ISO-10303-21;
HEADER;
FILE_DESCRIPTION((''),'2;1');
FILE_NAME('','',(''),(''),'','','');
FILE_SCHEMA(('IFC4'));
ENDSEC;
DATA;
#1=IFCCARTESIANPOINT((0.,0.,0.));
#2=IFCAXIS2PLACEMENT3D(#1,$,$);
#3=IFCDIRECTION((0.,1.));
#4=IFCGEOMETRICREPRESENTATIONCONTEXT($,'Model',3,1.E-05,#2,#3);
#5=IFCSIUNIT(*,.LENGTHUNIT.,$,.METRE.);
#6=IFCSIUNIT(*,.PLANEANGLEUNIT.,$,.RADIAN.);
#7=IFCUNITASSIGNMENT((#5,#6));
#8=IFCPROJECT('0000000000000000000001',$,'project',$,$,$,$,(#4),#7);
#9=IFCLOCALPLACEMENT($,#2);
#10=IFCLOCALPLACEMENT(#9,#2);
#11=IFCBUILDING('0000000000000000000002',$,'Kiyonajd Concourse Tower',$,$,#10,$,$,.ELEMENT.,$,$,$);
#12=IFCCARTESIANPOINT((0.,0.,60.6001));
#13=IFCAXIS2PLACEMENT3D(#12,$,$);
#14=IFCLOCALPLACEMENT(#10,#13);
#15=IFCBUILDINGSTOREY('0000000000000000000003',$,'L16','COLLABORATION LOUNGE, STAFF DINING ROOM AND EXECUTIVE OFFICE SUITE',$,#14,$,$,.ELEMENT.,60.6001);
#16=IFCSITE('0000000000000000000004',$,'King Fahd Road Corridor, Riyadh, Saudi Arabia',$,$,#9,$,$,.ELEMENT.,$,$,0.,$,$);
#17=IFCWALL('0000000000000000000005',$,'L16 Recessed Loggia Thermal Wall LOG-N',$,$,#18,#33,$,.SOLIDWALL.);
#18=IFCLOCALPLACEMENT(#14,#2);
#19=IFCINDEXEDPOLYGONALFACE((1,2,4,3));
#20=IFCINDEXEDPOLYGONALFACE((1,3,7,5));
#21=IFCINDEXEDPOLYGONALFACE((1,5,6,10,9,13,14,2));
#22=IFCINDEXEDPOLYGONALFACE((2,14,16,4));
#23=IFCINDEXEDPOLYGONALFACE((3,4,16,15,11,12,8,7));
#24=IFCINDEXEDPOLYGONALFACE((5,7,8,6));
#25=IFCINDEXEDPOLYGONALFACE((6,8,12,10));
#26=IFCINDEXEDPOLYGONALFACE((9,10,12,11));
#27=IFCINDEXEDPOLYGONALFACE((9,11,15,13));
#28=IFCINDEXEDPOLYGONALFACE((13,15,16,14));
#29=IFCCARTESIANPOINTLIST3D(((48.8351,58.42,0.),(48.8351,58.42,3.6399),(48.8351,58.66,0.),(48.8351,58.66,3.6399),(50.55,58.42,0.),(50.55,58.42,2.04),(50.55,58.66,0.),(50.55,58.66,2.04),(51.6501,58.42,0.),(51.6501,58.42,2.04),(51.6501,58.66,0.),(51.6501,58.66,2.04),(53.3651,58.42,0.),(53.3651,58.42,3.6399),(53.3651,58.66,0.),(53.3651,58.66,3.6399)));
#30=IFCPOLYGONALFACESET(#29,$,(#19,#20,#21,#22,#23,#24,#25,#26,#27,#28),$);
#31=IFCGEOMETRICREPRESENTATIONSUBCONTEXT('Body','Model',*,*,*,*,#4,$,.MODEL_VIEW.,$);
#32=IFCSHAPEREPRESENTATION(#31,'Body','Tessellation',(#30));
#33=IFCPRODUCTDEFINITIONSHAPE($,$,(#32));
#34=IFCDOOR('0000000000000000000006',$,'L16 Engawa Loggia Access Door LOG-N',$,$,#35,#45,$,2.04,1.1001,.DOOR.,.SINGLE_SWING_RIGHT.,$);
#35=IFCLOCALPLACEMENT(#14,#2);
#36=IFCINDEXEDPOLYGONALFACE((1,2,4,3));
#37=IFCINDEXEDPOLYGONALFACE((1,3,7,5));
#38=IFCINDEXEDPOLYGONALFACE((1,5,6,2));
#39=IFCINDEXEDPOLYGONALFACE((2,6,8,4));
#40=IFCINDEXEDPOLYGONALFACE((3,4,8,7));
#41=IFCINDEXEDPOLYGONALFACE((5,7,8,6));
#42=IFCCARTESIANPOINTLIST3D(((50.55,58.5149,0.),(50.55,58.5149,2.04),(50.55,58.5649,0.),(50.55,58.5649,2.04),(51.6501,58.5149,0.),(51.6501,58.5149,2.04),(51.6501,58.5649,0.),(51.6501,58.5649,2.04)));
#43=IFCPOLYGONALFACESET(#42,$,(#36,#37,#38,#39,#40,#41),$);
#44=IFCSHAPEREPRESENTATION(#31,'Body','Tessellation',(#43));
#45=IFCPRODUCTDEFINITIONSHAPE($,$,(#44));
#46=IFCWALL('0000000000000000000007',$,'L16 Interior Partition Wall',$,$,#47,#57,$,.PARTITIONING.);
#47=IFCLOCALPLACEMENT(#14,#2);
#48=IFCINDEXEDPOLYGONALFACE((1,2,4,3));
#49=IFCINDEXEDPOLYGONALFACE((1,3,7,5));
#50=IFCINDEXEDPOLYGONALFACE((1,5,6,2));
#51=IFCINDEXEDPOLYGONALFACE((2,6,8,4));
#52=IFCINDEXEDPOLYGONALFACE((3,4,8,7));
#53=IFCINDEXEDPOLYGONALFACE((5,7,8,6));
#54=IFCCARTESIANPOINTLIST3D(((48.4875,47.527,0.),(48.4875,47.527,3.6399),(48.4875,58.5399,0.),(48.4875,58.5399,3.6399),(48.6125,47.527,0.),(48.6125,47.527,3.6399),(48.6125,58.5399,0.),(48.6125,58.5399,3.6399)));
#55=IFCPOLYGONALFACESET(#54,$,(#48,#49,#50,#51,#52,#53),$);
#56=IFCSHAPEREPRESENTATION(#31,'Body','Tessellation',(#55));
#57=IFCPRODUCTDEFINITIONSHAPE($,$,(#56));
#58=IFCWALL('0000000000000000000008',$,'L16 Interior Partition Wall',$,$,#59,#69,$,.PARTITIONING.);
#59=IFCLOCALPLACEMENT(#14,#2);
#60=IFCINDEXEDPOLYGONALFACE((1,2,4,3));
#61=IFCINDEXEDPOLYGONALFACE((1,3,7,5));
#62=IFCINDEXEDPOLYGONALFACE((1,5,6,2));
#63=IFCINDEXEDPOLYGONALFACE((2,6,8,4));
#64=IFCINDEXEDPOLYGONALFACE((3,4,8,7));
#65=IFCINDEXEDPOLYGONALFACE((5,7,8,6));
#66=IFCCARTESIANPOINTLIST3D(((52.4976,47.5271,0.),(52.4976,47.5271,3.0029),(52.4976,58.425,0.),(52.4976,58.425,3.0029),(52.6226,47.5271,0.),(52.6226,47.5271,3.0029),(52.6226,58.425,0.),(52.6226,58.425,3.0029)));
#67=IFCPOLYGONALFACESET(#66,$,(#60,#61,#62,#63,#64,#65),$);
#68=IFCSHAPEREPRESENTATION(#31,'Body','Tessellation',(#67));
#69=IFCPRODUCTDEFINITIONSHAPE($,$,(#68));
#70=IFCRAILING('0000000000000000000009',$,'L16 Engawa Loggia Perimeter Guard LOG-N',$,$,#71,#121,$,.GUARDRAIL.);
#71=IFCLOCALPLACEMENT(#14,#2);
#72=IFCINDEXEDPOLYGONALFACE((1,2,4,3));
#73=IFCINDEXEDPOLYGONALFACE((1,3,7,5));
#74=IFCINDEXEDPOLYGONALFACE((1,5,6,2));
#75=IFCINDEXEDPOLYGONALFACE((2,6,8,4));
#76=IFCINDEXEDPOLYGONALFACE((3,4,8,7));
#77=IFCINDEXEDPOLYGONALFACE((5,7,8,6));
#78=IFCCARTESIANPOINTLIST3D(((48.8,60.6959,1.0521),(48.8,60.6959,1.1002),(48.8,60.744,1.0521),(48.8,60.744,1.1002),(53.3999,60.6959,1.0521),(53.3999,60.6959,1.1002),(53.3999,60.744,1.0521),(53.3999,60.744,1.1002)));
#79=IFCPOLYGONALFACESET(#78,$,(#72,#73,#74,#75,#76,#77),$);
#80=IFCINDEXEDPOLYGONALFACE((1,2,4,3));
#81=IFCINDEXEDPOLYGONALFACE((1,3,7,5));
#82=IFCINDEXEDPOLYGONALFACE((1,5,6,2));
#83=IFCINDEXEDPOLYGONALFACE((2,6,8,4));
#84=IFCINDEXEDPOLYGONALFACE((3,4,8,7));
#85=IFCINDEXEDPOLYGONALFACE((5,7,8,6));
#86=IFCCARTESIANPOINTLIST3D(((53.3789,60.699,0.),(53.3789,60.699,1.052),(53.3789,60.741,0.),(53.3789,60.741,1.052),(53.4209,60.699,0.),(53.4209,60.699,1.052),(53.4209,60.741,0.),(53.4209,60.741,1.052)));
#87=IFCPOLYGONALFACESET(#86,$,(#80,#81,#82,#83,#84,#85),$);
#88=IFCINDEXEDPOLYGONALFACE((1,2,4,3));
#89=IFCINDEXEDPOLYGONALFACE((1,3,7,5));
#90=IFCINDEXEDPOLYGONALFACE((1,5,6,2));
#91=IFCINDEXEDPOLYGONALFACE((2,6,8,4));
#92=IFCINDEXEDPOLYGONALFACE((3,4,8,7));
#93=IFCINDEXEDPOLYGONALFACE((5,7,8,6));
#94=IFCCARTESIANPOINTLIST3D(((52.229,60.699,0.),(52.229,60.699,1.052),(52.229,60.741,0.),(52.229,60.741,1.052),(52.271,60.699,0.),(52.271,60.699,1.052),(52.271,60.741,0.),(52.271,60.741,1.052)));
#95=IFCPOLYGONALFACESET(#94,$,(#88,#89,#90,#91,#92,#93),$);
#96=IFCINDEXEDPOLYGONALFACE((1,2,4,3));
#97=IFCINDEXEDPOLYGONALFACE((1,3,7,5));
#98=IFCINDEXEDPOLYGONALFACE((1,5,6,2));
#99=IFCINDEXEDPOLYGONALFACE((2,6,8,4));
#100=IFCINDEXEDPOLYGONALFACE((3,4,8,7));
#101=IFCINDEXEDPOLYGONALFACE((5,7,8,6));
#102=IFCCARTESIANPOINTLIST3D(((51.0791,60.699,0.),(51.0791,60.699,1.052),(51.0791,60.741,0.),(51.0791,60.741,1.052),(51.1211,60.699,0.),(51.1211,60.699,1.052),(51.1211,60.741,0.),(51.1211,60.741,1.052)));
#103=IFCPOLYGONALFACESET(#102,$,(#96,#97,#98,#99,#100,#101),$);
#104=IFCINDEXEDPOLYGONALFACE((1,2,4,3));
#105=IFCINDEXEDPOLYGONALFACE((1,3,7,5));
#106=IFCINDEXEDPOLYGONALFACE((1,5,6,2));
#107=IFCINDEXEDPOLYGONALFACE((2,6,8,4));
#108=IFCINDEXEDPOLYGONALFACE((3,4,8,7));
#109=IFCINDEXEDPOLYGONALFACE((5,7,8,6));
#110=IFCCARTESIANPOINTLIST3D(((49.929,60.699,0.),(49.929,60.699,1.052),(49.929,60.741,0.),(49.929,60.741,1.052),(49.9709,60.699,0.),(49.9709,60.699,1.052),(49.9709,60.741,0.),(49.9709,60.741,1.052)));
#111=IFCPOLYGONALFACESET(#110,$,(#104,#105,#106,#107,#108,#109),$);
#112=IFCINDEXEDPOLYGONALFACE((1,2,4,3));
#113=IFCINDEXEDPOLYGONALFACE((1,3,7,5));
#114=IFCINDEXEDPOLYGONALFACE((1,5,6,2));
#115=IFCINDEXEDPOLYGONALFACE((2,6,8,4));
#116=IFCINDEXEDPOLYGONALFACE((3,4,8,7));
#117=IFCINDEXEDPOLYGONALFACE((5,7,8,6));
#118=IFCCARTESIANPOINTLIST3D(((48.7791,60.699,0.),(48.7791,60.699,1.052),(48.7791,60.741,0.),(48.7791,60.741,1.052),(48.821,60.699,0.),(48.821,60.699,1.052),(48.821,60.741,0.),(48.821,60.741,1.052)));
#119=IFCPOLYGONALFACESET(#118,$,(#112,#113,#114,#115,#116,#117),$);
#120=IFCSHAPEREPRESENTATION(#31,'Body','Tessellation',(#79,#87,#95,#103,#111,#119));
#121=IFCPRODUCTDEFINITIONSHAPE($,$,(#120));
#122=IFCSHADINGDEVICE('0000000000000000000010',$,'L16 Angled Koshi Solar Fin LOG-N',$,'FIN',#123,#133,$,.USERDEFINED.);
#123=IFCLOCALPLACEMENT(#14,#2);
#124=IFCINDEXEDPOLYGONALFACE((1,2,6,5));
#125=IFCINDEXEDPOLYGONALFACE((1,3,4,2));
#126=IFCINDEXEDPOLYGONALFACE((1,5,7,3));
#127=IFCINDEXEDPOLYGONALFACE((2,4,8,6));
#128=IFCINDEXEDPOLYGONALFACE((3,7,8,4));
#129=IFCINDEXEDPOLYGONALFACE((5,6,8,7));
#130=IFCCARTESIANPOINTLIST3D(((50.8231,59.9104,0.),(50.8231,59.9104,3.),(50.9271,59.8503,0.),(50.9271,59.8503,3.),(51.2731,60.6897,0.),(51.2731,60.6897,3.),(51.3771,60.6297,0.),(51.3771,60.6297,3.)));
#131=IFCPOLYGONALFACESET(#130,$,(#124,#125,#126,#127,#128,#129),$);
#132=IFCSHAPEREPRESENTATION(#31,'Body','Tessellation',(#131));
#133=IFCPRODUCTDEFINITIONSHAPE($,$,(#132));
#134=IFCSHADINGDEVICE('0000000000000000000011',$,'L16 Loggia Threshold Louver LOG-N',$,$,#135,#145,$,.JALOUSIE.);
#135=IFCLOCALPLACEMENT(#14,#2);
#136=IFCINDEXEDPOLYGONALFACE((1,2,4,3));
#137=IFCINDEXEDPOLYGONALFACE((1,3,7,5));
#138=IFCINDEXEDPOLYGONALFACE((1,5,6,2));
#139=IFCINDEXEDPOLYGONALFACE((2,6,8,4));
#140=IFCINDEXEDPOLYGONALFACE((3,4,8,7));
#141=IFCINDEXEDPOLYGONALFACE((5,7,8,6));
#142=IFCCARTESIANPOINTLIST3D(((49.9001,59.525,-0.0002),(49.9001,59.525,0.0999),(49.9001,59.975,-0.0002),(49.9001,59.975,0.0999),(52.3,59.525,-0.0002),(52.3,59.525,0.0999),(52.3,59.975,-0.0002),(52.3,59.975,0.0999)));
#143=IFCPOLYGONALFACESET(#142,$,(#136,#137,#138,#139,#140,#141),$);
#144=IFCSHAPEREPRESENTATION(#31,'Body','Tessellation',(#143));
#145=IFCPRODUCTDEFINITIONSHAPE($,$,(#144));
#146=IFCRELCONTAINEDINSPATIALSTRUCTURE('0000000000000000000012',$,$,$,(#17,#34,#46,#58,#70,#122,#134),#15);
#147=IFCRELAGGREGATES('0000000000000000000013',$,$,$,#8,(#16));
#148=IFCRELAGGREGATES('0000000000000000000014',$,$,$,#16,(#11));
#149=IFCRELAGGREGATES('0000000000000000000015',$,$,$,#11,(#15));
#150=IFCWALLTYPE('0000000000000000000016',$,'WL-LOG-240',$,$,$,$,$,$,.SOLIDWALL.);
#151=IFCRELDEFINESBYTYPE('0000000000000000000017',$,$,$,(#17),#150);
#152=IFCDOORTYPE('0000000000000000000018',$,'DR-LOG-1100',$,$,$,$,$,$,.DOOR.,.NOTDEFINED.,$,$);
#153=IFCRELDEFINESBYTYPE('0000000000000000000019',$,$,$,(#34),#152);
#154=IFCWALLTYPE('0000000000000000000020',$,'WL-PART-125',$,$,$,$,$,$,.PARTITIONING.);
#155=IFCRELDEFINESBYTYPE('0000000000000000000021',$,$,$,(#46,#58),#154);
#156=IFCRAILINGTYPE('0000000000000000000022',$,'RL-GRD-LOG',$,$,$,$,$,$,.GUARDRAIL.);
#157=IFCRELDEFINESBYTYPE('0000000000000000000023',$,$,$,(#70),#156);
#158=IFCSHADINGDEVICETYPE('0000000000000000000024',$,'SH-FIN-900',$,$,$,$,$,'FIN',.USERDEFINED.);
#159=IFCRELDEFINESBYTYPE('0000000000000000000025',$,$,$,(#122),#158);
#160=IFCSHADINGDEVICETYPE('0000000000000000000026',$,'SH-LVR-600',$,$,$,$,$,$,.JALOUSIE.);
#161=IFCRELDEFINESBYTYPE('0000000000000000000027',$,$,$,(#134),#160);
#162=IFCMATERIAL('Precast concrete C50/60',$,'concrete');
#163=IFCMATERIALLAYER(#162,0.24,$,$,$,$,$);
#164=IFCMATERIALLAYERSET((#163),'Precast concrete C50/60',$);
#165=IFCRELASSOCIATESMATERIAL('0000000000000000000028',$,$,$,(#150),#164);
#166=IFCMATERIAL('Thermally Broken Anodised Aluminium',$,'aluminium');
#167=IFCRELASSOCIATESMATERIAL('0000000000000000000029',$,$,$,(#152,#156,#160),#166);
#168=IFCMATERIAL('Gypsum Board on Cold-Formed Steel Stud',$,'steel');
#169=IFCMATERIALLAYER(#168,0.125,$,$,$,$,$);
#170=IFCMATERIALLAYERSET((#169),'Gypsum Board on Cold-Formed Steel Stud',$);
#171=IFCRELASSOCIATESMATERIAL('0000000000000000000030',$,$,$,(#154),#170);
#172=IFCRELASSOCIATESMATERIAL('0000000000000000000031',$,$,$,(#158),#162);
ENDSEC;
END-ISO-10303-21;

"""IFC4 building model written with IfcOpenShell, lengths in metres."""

from ifc_helpers import new_model, si_unit, direction, frame, frame_2d, origin, origin_2d, place, context, subcontext, project, spatial, rectangle, extrude, material, layer, layer_set, type_object, element, fill, save


model = new_model("IFC4")

# Units and contexts
model_context = context("Model", 3, precision=1e-05, world=origin(), true_north=direction((0.0, 1.0)))
body_context = subcontext(model_context, "Body", "Model", "MODEL_VIEW")
ifc_project = project(units=[si_unit("LENGTHUNIT", "METRE"), si_unit("PLANEANGLEUNIT", "RADIAN")], contexts=[model_context])

# Site, building, storey
site_placement = place(None, origin())
site = spatial("IfcSite", under=ifc_project, at=site_placement, Name="King Fahd Road Corridor, Riyadh, Saudi Arabia", CompositionType="ELEMENT", RefElevation=0.0)
building_placement = place(site_placement, origin())
building = spatial("IfcBuilding", under=site, at=building_placement, Name="Kiyonajd Concourse Tower", CompositionType="ELEMENT")
storey_placement = place(building_placement, frame((0.0, 0.0, 60.6001)))
storey = spatial("IfcBuildingStorey", under=building, at=storey_placement, Name="L16", Description="COLLABORATION LOUNGE, STAFF DINING ROOM AND EXECUTIVE OFFICE SUITE", CompositionType="ELEMENT", Elevation=60.6001)

# Shared definitions
ifc_material_1 = material(Name="Precast concrete C50/60", Category="concrete")

# Shared definitions
ifc_material_2 = material(Name="Thermally Broken Anodised Aluminium", Category="aluminium")

# Wall, opening, door
ifc_layer_1 = layer(ifc_material_1, 0.24)
ifc_layer_set_1 = layer_set([ifc_layer_1], Name="Precast concrete C50/60")
wall_type_1 = type_object("IfcWallType", Name="WL-LOG-240", PredefinedType="SOLIDWALL", material=ifc_layer_set_1)
wall_1_placement = place(storey_placement, frame((48.835, 58.54, 0.0), z_axis=(0.0, 0.0, 1.0), x_axis=(1.0, 0.0, 0.0)))
wall_1 = element("IfcWall", 1, at=wall_1_placement, inside=storey, type_object=wall_type_1, Name="L16 Recessed Loggia Thermal Wall LOG-N", PredefinedType="SOLIDWALL", context=body_context, shape_type="SweptSolid", body=[
    extrude(rectangle(XDim=4.53, YDim=0.24, at=frame_2d((2.2651, 0.0))), origin(), (0.0, 0.0, 1.0), 3.6399),
])
opening_1_placement = place(wall_1_placement, frame((1.7151, 0.0, 0.0)))
opening_1 = element("IfcOpeningElement", 2, at=opening_1_placement, cuts=wall_1, PredefinedType="OPENING", context=body_context, shape_type="SweptSolid", body=[
    extrude(rectangle(XDim=1.1001, YDim=2.04, at=frame_2d((0.55, 1.02))), frame((0.0, 0.1299, 0.0), z_axis=(0.0, -1.0, 0.0), x_axis=(1.0, 0.0, 0.0)), (0.0, 0.0, 1.0), 0.26),
])
door_type = type_object("IfcDoorType", Name="DR-LOG-1100", OperationType="NOTDEFINED", PredefinedType="DOOR", material=ifc_material_2)
door_placement = place(opening_1_placement, origin())
door = element("IfcDoor", 3, at=door_placement, inside=storey, type_object=door_type, Name="L16 Engawa Loggia Access Door LOG-N", OperationType="SINGLE_SWING_RIGHT", OverallHeight=2.04, OverallWidth=1.1001, PredefinedType="DOOR", context=body_context, shape_type="SweptSolid", body=[
    extrude(rectangle(XDim=1.1001, YDim=2.04, at=frame_2d((0.55, 1.02))), frame((0.0, 0.0249, 0.0), z_axis=(0.0, -1.0, 0.0), x_axis=(1.0, 0.0, 0.0)), (0.0, 0.0, 1.0), 0.05),
])
fill(opening_1, door)

# Walls
ifc_material_3 = material(Name="Gypsum Board on Cold-Formed Steel Stud", Category="steel")
ifc_layer_2 = layer(ifc_material_3, 0.125)
ifc_layer_set_2 = layer_set([ifc_layer_2], Name="Gypsum Board on Cold-Formed Steel Stud")
wall_type_2 = type_object("IfcWallType", Name="WL-PART-125", PredefinedType="PARTITIONING", material=ifc_layer_set_2)
wall_2_placement = place(storey_placement, frame((48.55, 47.5271, 0.0), z_axis=(0.0, 0.0, 1.0), x_axis=(0.0, 1.0, 0.0)))
element("IfcWall", 4, at=wall_2_placement, inside=storey, type_object=wall_type_2, Name="L16 Interior Partition Wall", PredefinedType="PARTITIONING", context=body_context, shape_type="SweptSolid", body=[
    extrude(rectangle(XDim=11.0129, YDim=0.125, at=frame_2d((5.5063, 0.0))), origin(), (0.0, 0.0, 1.0), 3.6399),
])
wall_3_placement = place(storey_placement, frame((52.5601, 47.5271, 0.0), z_axis=(0.0, 0.0, 1.0), x_axis=(0.0, 1.0, 0.0)))
element("IfcWall", 5, at=wall_3_placement, inside=storey, type_object=wall_type_2, Name="L16 Interior Partition Wall", PredefinedType="PARTITIONING", context=body_context, shape_type="SweptSolid", body=[
    extrude(rectangle(XDim=10.8979, YDim=0.125, at=frame_2d((5.449, 0.0))), origin(), (0.0, 0.0, 1.0), 3.0029),
])

# Railing
railing_type = type_object("IfcRailingType", Name="RL-GRD-LOG", PredefinedType="GUARDRAIL", material=ifc_material_2)
railing_placement = place(storey_placement, frame((53.3999, 60.72, 0.0)))
element("IfcRailing", 6, at=railing_placement, inside=storey, type_object=railing_type, Name="L16 Engawa Loggia Perimeter Guard LOG-N", PredefinedType="GUARDRAIL", context=body_context, shape_type="SweptSolid", body=[
    extrude(rectangle(XDim=0.0481, YDim=0.0481, at=origin_2d()), frame((0.0, 0.0, 1.0762), z_axis=(-1.0, 0.0, 0.0), x_axis=(0.0, -1.0, 0.0)), (0.0, 0.0, 1.0), 4.5999),
    extrude(rectangle(XDim=0.042, YDim=0.042, at=origin_2d()), origin(), (0.0, 0.0, 1.0), 1.052),
    extrude(rectangle(XDim=0.042, YDim=0.042, at=origin_2d()), frame((-1.1499, 0.0, 0.0)), (0.0, 0.0, 1.0), 1.052),
    extrude(rectangle(XDim=0.042, YDim=0.042, at=origin_2d()), frame((-2.2998, 0.0, 0.0)), (0.0, 0.0, 1.0), 1.052),
    extrude(rectangle(XDim=0.042, YDim=0.042, at=origin_2d()), frame((-3.45, 0.0, 0.0)), (0.0, 0.0, 1.0), 1.052),
    extrude(rectangle(XDim=0.042, YDim=0.042, at=origin_2d()), frame((-4.5999, 0.0, 0.0)), (0.0, 0.0, 1.0), 1.052),
])

# Shading devices
shading_device_type_1 = type_object("IfcShadingDeviceType", Name="SH-FIN-900", ElementType="FIN", PredefinedType="USERDEFINED", material=ifc_material_1)
shading_device_1_placement = place(storey_placement, frame((51.1001, 60.27, 0.0), z_axis=(0.0, 0.0, 1.0), x_axis=(0.5, 0.866025, 0.0)))
element("IfcShadingDevice", 7, at=shading_device_1_placement, inside=storey, type_object=shading_device_type_1, Name="L16 Angled Koshi Solar Fin LOG-N", ObjectType="FIN", PredefinedType="USERDEFINED", context=body_context, shape_type="SweptSolid", body=[
    extrude(rectangle(XDim=0.8999, YDim=0.1201, at=origin_2d()), origin(), (0.0, 0.0, 1.0), 3.0),
])
shading_device_type_2 = type_object("IfcShadingDeviceType", Name="SH-LVR-600", PredefinedType="JALOUSIE", material=ifc_material_2)
shading_device_2_placement = place(storey_placement, frame((51.1001, 59.75, -0.0002), z_axis=(0.0, 0.0, 1.0), x_axis=(1.0, 0.0, 0.0)))
element("IfcShadingDevice", 8, at=shading_device_2_placement, inside=storey, type_object=shading_device_type_2, Name="L16 Loggia Threshold Louver LOG-N", PredefinedType="JALOUSIE", context=body_context, shape_type="SweptSolid", body=[
    extrude(rectangle(XDim=2.3999, YDim=0.45, at=origin_2d()), origin(), (0.0, 0.0, 1.0), 0.1001),
])

save(model, "model.ifc")
